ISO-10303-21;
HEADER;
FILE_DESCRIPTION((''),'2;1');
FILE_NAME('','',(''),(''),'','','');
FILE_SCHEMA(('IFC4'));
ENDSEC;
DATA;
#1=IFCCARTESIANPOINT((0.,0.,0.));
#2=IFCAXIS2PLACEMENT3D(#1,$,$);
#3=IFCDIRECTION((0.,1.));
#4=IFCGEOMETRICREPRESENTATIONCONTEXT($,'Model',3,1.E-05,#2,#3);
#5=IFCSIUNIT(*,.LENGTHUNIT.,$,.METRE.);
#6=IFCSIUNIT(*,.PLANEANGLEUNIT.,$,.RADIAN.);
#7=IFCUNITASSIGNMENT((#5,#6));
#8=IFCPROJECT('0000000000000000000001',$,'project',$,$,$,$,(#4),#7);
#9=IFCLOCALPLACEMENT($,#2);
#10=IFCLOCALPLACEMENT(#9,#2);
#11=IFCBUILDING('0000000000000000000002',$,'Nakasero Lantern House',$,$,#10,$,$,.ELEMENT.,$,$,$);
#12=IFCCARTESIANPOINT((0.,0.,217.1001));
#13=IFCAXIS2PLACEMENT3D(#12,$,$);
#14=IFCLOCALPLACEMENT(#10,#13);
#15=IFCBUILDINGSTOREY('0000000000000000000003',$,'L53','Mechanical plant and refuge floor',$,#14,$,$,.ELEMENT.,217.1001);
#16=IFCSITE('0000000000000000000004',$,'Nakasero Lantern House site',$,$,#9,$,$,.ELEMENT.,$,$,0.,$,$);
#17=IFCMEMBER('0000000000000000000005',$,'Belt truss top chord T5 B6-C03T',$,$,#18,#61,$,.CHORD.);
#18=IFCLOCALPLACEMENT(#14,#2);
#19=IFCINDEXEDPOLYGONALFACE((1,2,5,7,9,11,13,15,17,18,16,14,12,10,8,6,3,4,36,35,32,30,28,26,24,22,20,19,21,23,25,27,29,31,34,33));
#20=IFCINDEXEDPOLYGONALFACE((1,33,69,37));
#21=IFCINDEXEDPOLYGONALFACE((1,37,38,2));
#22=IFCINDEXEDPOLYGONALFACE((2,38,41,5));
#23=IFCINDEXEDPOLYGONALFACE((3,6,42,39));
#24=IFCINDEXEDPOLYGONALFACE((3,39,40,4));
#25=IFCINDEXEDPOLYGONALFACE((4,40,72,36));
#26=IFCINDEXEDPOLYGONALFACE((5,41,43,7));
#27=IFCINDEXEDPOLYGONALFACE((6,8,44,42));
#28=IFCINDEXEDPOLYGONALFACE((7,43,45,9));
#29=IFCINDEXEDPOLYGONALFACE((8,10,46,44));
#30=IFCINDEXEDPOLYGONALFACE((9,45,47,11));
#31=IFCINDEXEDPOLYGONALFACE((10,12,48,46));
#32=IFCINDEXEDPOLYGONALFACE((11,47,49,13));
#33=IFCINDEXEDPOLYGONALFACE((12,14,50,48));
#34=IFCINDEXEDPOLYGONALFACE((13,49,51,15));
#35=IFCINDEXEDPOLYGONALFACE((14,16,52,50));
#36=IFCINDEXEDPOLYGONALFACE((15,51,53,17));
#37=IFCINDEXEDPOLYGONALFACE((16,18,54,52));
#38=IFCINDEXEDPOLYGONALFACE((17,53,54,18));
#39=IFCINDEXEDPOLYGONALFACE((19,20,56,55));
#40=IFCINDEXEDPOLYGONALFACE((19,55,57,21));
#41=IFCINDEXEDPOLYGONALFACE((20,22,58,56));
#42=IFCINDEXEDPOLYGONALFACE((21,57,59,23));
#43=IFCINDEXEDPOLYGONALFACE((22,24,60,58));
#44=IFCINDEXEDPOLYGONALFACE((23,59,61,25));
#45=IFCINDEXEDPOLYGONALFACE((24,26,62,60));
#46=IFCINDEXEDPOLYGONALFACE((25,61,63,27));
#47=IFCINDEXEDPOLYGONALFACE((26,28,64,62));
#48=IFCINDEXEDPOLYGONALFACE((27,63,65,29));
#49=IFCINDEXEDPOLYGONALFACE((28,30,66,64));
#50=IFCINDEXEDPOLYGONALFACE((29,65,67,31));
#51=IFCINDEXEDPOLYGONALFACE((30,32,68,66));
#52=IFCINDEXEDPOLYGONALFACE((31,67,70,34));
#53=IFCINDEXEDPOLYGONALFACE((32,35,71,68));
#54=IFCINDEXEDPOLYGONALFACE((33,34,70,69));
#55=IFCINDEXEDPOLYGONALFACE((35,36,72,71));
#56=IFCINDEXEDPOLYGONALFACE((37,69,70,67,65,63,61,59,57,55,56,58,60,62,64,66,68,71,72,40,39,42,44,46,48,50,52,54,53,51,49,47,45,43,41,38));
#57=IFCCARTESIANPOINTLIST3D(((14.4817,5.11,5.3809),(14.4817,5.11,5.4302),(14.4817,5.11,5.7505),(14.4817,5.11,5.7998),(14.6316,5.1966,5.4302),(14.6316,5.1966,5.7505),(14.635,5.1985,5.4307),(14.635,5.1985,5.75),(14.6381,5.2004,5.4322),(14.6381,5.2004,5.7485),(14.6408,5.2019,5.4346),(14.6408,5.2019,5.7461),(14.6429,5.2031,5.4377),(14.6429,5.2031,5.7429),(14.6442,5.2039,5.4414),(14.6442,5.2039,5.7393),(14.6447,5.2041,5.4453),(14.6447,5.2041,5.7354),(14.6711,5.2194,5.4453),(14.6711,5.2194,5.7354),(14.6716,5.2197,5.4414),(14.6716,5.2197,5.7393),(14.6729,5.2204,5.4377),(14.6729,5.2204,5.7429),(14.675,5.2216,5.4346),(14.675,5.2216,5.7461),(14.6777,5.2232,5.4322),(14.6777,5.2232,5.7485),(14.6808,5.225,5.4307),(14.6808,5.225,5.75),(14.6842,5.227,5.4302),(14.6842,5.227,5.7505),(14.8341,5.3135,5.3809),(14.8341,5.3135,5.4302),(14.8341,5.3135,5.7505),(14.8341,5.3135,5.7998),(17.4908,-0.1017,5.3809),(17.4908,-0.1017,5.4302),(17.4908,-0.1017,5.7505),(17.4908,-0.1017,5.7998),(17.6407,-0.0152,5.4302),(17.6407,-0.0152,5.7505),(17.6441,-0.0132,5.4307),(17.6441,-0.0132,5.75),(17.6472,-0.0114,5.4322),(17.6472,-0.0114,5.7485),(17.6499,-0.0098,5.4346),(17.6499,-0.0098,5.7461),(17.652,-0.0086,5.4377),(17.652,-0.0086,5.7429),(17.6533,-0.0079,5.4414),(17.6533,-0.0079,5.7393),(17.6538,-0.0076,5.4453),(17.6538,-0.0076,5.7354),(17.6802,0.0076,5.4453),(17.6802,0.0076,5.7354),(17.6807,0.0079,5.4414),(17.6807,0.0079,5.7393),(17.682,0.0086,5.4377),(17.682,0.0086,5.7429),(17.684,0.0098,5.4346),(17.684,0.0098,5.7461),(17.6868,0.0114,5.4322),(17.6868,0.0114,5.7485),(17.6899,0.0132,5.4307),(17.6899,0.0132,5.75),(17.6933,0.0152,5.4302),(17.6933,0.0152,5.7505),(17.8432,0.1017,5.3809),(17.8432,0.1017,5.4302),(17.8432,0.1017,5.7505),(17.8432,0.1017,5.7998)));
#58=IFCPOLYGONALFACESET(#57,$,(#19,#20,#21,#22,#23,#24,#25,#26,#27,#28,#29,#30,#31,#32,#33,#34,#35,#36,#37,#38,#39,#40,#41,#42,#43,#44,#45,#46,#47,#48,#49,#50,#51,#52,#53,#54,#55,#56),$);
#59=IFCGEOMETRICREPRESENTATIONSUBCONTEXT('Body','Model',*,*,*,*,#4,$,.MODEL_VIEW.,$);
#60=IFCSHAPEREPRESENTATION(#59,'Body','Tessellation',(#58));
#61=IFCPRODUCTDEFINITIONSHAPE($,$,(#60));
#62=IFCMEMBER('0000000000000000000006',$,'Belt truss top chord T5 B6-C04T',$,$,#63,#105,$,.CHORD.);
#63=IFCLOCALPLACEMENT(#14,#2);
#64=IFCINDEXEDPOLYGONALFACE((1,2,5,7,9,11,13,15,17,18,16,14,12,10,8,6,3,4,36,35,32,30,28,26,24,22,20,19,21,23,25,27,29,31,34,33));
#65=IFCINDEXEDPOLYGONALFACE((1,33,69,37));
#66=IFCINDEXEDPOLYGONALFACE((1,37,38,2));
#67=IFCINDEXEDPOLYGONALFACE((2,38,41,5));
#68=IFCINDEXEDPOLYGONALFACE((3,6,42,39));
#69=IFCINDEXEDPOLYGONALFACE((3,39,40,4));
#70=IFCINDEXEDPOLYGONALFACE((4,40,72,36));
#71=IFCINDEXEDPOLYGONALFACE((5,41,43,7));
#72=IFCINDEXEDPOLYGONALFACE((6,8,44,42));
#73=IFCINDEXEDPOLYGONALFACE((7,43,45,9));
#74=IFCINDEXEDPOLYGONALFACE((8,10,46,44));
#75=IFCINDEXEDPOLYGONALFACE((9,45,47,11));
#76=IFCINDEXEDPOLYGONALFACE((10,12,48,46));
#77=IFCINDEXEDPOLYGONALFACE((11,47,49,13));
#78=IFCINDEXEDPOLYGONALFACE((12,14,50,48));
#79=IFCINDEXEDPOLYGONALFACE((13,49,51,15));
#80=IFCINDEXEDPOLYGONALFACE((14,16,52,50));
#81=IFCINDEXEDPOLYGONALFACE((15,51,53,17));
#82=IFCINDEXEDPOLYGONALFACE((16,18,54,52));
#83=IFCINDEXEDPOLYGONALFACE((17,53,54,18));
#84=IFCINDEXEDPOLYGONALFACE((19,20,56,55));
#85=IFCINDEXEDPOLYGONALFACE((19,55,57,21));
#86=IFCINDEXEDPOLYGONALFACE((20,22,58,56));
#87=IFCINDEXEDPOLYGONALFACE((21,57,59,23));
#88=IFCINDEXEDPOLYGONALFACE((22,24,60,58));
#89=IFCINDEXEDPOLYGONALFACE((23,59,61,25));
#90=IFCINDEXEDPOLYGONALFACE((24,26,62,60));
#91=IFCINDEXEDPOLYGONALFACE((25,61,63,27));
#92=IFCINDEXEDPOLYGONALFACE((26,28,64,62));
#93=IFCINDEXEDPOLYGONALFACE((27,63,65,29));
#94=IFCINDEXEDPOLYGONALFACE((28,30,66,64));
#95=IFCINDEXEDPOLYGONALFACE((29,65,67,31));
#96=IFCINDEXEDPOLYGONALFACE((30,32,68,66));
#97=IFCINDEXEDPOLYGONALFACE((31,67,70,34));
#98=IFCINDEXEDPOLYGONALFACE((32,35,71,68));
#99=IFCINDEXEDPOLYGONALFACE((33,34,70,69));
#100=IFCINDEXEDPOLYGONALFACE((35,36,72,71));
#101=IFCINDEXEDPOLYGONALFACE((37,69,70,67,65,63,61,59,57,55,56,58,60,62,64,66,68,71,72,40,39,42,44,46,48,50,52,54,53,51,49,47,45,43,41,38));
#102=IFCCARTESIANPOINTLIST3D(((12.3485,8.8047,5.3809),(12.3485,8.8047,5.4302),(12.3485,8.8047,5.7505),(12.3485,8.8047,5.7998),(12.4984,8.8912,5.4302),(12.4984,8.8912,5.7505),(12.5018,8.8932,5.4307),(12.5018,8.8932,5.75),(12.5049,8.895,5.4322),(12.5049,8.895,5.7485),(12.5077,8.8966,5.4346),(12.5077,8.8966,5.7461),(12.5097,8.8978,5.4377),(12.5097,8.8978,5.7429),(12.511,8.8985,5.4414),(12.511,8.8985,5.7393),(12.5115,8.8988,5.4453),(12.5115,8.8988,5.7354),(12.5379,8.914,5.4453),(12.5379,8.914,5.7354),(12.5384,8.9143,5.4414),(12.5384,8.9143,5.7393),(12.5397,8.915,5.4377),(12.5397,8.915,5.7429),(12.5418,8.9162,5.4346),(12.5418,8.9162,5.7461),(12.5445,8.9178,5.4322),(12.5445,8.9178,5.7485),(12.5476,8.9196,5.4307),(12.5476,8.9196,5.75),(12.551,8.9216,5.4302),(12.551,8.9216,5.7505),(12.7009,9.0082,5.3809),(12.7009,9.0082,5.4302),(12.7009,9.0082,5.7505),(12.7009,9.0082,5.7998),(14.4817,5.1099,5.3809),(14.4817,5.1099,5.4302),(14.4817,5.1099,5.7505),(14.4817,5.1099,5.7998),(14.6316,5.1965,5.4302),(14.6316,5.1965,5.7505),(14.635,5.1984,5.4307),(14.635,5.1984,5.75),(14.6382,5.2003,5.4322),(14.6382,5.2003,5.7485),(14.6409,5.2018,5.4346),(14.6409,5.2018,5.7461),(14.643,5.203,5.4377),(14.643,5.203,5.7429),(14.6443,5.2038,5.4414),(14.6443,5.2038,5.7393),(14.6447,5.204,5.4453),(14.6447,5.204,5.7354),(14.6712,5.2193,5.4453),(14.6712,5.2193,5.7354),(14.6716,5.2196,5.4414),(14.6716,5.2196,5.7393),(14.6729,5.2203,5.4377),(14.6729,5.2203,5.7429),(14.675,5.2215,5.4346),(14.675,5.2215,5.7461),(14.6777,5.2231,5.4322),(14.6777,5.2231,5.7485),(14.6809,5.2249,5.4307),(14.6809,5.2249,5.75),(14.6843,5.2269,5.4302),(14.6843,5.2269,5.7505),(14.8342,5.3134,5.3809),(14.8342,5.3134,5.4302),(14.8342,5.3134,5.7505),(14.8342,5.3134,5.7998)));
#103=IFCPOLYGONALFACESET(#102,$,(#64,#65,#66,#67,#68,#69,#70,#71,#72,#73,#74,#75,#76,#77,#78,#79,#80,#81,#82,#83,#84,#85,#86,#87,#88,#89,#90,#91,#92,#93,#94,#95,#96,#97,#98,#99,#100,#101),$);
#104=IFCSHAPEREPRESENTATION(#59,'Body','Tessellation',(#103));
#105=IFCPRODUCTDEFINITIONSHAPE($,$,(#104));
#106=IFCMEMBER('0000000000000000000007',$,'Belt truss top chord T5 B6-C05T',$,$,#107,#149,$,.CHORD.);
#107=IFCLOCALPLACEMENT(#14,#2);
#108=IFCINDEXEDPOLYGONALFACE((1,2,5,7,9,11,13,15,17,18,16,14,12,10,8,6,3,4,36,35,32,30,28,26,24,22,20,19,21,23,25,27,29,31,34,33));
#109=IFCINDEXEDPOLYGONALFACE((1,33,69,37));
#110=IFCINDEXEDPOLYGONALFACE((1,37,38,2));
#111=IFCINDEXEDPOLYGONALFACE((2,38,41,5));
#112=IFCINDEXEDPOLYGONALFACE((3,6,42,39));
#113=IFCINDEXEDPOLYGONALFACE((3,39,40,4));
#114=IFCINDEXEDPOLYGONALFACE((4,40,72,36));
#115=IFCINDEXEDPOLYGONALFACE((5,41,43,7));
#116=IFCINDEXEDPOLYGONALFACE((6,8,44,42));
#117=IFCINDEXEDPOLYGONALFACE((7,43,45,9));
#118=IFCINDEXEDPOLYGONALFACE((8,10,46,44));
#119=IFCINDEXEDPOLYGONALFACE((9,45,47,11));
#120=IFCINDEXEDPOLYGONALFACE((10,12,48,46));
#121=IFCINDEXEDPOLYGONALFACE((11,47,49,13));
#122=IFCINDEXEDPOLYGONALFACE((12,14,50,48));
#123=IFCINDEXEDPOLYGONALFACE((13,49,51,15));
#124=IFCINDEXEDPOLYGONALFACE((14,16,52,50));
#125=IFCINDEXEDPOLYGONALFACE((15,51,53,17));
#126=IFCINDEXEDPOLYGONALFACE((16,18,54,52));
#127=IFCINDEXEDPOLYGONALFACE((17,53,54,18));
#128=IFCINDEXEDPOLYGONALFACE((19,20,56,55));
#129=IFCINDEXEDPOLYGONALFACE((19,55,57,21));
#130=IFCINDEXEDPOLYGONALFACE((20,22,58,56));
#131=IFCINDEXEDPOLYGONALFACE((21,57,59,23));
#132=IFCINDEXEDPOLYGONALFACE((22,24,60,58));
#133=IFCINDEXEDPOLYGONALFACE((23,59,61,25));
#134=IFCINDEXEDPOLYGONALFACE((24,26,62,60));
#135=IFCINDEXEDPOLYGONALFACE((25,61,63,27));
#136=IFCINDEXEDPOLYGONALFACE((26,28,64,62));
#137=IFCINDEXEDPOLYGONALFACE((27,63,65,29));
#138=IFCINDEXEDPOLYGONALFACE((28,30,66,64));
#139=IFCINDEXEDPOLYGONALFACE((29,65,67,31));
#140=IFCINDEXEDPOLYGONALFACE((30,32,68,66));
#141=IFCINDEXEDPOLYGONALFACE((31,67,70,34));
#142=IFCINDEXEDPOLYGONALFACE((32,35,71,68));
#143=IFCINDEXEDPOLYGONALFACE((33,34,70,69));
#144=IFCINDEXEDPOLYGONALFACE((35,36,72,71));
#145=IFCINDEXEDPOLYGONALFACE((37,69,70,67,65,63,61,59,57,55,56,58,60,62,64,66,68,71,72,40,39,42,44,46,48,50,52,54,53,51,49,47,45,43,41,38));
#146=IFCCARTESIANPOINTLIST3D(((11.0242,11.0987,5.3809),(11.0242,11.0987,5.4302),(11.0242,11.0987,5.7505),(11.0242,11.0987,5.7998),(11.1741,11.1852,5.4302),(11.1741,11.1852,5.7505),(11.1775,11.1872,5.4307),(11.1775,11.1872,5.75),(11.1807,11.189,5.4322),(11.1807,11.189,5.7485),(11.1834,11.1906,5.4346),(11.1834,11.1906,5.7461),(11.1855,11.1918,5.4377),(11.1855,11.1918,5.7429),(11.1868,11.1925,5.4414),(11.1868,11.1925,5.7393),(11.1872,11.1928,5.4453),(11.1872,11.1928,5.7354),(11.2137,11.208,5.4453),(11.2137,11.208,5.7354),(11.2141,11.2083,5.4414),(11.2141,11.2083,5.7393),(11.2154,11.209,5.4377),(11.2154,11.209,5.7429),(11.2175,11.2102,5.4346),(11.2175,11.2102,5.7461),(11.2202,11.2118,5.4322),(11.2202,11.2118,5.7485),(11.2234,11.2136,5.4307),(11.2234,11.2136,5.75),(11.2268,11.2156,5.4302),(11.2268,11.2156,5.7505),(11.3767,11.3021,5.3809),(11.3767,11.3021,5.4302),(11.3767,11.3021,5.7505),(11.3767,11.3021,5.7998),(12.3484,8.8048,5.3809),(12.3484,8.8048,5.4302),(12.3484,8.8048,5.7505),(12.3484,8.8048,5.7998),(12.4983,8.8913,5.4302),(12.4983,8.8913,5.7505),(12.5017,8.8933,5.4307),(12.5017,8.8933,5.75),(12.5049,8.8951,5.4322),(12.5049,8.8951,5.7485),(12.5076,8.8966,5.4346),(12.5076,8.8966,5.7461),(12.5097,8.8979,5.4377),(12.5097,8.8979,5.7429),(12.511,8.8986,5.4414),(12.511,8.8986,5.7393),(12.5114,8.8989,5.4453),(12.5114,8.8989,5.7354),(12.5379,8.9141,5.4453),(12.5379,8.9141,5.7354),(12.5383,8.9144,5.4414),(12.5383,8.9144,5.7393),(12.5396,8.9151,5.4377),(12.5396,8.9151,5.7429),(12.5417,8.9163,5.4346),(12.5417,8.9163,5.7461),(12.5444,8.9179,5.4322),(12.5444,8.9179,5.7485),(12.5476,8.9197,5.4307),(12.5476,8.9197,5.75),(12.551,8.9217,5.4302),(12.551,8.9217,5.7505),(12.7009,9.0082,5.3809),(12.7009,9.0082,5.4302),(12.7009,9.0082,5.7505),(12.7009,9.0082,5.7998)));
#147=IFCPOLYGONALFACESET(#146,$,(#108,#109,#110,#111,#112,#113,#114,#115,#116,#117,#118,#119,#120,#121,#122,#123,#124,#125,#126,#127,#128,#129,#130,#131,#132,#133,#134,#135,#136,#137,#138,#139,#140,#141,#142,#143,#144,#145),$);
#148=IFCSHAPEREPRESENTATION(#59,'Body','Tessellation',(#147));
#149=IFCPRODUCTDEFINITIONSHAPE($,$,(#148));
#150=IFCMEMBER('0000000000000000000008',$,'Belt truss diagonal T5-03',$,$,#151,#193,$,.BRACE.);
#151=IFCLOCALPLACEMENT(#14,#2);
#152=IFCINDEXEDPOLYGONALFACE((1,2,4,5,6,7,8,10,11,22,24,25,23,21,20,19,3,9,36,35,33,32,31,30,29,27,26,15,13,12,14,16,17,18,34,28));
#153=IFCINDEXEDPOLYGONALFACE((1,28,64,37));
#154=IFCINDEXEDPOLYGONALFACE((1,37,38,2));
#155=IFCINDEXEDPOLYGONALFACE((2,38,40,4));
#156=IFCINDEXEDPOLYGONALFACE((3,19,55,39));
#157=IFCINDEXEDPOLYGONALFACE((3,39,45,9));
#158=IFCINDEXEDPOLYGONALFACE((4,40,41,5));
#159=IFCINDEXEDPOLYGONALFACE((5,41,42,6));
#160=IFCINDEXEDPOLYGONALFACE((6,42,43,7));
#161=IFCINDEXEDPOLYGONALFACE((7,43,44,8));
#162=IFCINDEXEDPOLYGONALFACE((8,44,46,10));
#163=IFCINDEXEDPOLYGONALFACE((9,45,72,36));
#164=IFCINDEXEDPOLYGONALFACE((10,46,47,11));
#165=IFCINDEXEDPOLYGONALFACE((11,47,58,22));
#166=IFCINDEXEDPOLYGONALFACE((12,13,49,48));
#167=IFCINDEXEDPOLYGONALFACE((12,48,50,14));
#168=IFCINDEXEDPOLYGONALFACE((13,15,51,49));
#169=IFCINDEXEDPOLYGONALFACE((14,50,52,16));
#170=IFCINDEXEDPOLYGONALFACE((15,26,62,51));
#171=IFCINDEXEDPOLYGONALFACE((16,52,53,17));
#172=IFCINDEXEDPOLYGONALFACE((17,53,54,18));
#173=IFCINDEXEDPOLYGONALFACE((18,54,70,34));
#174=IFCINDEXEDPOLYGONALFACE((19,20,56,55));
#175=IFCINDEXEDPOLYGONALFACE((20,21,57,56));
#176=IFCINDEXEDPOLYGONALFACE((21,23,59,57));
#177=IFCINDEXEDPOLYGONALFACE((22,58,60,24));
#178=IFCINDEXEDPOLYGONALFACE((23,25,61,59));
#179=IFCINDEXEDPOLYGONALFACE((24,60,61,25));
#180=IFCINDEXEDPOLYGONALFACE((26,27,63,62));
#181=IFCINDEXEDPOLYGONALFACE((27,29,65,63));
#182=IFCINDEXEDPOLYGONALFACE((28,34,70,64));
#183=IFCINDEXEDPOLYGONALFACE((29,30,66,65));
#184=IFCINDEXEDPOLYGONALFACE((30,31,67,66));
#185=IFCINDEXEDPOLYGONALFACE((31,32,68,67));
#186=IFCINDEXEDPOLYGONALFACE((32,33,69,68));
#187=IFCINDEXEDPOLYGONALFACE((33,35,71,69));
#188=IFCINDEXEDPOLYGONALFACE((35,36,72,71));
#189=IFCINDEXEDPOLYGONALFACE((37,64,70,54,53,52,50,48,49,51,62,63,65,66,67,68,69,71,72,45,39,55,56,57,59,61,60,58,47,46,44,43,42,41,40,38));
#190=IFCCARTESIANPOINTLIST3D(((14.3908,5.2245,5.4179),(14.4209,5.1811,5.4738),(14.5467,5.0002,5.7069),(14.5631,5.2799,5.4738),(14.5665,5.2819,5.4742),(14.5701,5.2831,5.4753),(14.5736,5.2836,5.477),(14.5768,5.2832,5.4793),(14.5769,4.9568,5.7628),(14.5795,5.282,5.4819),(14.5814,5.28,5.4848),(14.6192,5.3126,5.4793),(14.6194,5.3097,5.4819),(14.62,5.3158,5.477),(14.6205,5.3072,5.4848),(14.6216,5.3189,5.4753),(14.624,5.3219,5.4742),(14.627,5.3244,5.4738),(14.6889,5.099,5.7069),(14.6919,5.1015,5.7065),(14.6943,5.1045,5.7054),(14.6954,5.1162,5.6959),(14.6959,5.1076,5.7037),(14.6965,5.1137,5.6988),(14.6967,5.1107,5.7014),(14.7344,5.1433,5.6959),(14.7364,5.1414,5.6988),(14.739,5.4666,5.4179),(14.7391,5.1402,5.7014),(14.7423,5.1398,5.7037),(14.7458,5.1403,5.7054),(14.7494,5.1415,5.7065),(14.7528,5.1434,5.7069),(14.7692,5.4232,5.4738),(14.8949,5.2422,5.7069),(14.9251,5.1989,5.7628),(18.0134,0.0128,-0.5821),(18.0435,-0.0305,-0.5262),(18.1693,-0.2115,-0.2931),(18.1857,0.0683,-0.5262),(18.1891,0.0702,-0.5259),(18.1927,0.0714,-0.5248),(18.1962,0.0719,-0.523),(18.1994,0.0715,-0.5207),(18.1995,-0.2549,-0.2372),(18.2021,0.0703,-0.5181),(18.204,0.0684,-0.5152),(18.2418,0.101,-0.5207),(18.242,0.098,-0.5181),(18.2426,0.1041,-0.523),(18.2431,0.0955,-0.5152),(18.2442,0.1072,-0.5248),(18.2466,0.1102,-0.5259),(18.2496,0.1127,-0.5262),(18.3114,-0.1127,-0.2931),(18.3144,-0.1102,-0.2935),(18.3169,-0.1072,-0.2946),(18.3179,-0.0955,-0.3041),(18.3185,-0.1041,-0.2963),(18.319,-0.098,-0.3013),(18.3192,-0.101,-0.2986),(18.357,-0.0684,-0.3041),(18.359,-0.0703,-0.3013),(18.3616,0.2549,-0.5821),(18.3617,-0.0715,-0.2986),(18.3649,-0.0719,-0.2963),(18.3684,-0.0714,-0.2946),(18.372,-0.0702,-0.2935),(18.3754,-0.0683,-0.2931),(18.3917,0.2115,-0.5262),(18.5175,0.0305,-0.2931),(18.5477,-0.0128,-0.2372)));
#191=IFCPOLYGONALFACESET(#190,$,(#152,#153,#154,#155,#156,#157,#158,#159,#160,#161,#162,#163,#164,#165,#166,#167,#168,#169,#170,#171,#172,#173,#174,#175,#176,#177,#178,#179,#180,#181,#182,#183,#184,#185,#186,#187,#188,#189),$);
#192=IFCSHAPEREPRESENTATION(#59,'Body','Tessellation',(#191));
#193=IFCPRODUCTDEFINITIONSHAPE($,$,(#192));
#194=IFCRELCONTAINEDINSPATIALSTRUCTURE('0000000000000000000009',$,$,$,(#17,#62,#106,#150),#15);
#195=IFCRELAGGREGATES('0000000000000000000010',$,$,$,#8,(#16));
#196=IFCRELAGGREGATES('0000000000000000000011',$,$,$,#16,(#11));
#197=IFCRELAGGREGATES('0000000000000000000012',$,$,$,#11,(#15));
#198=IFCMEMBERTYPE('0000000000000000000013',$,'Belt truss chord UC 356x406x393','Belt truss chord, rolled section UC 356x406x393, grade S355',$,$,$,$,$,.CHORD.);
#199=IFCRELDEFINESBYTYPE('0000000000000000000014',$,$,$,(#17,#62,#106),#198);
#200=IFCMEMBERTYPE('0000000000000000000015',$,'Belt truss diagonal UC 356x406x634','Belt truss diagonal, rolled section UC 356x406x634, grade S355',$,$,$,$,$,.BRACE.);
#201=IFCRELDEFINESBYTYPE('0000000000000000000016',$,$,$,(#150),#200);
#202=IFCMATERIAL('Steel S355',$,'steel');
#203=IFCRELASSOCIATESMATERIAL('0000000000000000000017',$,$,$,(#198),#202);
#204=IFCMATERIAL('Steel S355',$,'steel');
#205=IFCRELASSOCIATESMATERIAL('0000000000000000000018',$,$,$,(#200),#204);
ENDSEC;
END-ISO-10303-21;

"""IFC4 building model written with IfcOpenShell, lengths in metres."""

from ifc_helpers import new_model, si_unit, direction, frame, origin, origin_2d, place, context, subcontext, project, spatial, i_section, extrude, material, material_profile, profile_set, type_object, element, save


model = new_model("IFC4")

# Units and contexts
model_context = context("Model", 3, precision=1e-05, world=origin(), true_north=direction((0.0, 1.0)))
body_context = subcontext(model_context, "Body", "Model", "MODEL_VIEW")
ifc_project = project(units=[si_unit("LENGTHUNIT", "METRE"), si_unit("PLANEANGLEUNIT", "RADIAN")], contexts=[model_context])

# Site, building, storey
site_placement = place(None, origin())
site = spatial("IfcSite", under=ifc_project, at=site_placement, Name="Nakasero Lantern House site", CompositionType="ELEMENT", RefElevation=0.0)
building_placement = place(site_placement, origin())
building = spatial("IfcBuilding", under=site, at=building_placement, Name="Nakasero Lantern House", CompositionType="ELEMENT")
storey_placement = place(building_placement, frame((0.0, 0.0, 217.1001)))
storey = spatial("IfcBuildingStorey", under=building, at=storey_placement, Name="L53", Description="Mechanical plant and refuge floor", CompositionType="ELEMENT", Elevation=217.1001)

# Members
ifc_material_1 = material(Name="Steel S355", Category="steel")
ifc_material_profile_1 = material_profile(ifc_material_1, i_section(OverallWidth=0.407, OverallDepth=0.4189, WebThickness=0.0305, FlangeThickness=0.0493, FilletRadius=0.0151, at=origin_2d()), Name="UC 356x406x393")
ifc_profile_set_1 = profile_set([ifc_material_profile_1], Name="Steel S355")
member_type_1 = type_object("IfcMemberType", Name="Belt truss chord UC 356x406x393", Description="Belt truss chord, rolled section UC 356x406x393, grade S355", PredefinedType="CHORD", material=ifc_profile_set_1)
member_1_placement = place(storey_placement, frame((17.667, 0.0, 5.5903), z_axis=(-0.500009, 0.86602, 0.0), x_axis=(-0.86602, -0.500009, 0.0)))
element("IfcMember", 1, at=member_1_placement, inside=storey, type_object=member_type_1, Name="Belt truss top chord T5 B6-C03T", PredefinedType="CHORD", context=body_context, shape_type="SweptSolid", body=[
    extrude(i_section(OverallWidth=0.407, OverallDepth=0.4189, WebThickness=0.0305, FlangeThickness=0.0493, FilletRadius=0.0151, at=origin_2d()), origin(), (0.0, 0.0, 1.0), 6.0181),
])
member_2_placement = place(storey_placement, frame((14.658, 5.2117, 5.5903), z_axis=(-0.500016, 0.866016, 0.0), x_axis=(-0.866016, -0.500016, 0.0)))
element("IfcMember", 2, at=member_2_placement, inside=storey, type_object=member_type_1, Name="Belt truss top chord T5 B6-C04T", PredefinedType="CHORD", context=body_context, shape_type="SweptSolid", body=[
    extrude(i_section(OverallWidth=0.407, OverallDepth=0.4189, WebThickness=0.0305, FlangeThickness=0.0493, FilletRadius=0.0151, at=origin_2d()), origin(), (0.0, 0.0, 1.0), 4.2664),
])
member_3_placement = place(storey_placement, frame((12.5247, 8.9065, 5.5903), z_axis=(-0.499946, 0.866057, 0.0), x_axis=(-0.866057, -0.499946, 0.0)))
element("IfcMember", 3, at=member_3_placement, inside=storey, type_object=member_type_1, Name="Belt truss top chord T5 B6-C05T", PredefinedType="CHORD", context=body_context, shape_type="SweptSolid", body=[
    extrude(i_section(OverallWidth=0.407, OverallDepth=0.4189, WebThickness=0.0305, FlangeThickness=0.0493, FilletRadius=0.0151, at=origin_2d()), origin(), (0.0, 0.0, 1.0), 2.6487),
])
ifc_material_2 = material(Name="Steel S355", Category="steel")
ifc_material_profile_2 = material_profile(ifc_material_2, i_section(OverallWidth=0.4241, OverallDepth=0.4746, WebThickness=0.0476, FlangeThickness=0.0769, FilletRadius=0.0151, at=origin_2d()), Name="UC 356x406x634")
ifc_profile_set_2 = profile_set([ifc_material_profile_2], Name="Steel S355")
member_type_2 = type_object("IfcMemberType", Name="Belt truss diagonal UC 356x406x634", Description="Belt truss diagonal, rolled section UC 356x406x634, grade S355", PredefinedType="BRACE", material=ifc_profile_set_2)
member_4_placement = place(storey_placement, frame((18.2805, 0.0, -0.4097), z_axis=(-0.414761, 0.596704, 0.686963), x_axis=(-0.821123, -0.570751, 0.0)))
element("IfcMember", 4, at=member_4_placement, inside=storey, type_object=member_type_2, Name="Belt truss diagonal T5-03", PredefinedType="BRACE", context=body_context, shape_type="SweptSolid", body=[
    extrude(i_section(OverallWidth=0.4241, OverallDepth=0.4746, WebThickness=0.0476, FlangeThickness=0.0769, FilletRadius=0.0151, at=origin_2d()), origin(), (0.0, 0.0, 1.0), 8.7341),
])

save(model, "model.ifc")
